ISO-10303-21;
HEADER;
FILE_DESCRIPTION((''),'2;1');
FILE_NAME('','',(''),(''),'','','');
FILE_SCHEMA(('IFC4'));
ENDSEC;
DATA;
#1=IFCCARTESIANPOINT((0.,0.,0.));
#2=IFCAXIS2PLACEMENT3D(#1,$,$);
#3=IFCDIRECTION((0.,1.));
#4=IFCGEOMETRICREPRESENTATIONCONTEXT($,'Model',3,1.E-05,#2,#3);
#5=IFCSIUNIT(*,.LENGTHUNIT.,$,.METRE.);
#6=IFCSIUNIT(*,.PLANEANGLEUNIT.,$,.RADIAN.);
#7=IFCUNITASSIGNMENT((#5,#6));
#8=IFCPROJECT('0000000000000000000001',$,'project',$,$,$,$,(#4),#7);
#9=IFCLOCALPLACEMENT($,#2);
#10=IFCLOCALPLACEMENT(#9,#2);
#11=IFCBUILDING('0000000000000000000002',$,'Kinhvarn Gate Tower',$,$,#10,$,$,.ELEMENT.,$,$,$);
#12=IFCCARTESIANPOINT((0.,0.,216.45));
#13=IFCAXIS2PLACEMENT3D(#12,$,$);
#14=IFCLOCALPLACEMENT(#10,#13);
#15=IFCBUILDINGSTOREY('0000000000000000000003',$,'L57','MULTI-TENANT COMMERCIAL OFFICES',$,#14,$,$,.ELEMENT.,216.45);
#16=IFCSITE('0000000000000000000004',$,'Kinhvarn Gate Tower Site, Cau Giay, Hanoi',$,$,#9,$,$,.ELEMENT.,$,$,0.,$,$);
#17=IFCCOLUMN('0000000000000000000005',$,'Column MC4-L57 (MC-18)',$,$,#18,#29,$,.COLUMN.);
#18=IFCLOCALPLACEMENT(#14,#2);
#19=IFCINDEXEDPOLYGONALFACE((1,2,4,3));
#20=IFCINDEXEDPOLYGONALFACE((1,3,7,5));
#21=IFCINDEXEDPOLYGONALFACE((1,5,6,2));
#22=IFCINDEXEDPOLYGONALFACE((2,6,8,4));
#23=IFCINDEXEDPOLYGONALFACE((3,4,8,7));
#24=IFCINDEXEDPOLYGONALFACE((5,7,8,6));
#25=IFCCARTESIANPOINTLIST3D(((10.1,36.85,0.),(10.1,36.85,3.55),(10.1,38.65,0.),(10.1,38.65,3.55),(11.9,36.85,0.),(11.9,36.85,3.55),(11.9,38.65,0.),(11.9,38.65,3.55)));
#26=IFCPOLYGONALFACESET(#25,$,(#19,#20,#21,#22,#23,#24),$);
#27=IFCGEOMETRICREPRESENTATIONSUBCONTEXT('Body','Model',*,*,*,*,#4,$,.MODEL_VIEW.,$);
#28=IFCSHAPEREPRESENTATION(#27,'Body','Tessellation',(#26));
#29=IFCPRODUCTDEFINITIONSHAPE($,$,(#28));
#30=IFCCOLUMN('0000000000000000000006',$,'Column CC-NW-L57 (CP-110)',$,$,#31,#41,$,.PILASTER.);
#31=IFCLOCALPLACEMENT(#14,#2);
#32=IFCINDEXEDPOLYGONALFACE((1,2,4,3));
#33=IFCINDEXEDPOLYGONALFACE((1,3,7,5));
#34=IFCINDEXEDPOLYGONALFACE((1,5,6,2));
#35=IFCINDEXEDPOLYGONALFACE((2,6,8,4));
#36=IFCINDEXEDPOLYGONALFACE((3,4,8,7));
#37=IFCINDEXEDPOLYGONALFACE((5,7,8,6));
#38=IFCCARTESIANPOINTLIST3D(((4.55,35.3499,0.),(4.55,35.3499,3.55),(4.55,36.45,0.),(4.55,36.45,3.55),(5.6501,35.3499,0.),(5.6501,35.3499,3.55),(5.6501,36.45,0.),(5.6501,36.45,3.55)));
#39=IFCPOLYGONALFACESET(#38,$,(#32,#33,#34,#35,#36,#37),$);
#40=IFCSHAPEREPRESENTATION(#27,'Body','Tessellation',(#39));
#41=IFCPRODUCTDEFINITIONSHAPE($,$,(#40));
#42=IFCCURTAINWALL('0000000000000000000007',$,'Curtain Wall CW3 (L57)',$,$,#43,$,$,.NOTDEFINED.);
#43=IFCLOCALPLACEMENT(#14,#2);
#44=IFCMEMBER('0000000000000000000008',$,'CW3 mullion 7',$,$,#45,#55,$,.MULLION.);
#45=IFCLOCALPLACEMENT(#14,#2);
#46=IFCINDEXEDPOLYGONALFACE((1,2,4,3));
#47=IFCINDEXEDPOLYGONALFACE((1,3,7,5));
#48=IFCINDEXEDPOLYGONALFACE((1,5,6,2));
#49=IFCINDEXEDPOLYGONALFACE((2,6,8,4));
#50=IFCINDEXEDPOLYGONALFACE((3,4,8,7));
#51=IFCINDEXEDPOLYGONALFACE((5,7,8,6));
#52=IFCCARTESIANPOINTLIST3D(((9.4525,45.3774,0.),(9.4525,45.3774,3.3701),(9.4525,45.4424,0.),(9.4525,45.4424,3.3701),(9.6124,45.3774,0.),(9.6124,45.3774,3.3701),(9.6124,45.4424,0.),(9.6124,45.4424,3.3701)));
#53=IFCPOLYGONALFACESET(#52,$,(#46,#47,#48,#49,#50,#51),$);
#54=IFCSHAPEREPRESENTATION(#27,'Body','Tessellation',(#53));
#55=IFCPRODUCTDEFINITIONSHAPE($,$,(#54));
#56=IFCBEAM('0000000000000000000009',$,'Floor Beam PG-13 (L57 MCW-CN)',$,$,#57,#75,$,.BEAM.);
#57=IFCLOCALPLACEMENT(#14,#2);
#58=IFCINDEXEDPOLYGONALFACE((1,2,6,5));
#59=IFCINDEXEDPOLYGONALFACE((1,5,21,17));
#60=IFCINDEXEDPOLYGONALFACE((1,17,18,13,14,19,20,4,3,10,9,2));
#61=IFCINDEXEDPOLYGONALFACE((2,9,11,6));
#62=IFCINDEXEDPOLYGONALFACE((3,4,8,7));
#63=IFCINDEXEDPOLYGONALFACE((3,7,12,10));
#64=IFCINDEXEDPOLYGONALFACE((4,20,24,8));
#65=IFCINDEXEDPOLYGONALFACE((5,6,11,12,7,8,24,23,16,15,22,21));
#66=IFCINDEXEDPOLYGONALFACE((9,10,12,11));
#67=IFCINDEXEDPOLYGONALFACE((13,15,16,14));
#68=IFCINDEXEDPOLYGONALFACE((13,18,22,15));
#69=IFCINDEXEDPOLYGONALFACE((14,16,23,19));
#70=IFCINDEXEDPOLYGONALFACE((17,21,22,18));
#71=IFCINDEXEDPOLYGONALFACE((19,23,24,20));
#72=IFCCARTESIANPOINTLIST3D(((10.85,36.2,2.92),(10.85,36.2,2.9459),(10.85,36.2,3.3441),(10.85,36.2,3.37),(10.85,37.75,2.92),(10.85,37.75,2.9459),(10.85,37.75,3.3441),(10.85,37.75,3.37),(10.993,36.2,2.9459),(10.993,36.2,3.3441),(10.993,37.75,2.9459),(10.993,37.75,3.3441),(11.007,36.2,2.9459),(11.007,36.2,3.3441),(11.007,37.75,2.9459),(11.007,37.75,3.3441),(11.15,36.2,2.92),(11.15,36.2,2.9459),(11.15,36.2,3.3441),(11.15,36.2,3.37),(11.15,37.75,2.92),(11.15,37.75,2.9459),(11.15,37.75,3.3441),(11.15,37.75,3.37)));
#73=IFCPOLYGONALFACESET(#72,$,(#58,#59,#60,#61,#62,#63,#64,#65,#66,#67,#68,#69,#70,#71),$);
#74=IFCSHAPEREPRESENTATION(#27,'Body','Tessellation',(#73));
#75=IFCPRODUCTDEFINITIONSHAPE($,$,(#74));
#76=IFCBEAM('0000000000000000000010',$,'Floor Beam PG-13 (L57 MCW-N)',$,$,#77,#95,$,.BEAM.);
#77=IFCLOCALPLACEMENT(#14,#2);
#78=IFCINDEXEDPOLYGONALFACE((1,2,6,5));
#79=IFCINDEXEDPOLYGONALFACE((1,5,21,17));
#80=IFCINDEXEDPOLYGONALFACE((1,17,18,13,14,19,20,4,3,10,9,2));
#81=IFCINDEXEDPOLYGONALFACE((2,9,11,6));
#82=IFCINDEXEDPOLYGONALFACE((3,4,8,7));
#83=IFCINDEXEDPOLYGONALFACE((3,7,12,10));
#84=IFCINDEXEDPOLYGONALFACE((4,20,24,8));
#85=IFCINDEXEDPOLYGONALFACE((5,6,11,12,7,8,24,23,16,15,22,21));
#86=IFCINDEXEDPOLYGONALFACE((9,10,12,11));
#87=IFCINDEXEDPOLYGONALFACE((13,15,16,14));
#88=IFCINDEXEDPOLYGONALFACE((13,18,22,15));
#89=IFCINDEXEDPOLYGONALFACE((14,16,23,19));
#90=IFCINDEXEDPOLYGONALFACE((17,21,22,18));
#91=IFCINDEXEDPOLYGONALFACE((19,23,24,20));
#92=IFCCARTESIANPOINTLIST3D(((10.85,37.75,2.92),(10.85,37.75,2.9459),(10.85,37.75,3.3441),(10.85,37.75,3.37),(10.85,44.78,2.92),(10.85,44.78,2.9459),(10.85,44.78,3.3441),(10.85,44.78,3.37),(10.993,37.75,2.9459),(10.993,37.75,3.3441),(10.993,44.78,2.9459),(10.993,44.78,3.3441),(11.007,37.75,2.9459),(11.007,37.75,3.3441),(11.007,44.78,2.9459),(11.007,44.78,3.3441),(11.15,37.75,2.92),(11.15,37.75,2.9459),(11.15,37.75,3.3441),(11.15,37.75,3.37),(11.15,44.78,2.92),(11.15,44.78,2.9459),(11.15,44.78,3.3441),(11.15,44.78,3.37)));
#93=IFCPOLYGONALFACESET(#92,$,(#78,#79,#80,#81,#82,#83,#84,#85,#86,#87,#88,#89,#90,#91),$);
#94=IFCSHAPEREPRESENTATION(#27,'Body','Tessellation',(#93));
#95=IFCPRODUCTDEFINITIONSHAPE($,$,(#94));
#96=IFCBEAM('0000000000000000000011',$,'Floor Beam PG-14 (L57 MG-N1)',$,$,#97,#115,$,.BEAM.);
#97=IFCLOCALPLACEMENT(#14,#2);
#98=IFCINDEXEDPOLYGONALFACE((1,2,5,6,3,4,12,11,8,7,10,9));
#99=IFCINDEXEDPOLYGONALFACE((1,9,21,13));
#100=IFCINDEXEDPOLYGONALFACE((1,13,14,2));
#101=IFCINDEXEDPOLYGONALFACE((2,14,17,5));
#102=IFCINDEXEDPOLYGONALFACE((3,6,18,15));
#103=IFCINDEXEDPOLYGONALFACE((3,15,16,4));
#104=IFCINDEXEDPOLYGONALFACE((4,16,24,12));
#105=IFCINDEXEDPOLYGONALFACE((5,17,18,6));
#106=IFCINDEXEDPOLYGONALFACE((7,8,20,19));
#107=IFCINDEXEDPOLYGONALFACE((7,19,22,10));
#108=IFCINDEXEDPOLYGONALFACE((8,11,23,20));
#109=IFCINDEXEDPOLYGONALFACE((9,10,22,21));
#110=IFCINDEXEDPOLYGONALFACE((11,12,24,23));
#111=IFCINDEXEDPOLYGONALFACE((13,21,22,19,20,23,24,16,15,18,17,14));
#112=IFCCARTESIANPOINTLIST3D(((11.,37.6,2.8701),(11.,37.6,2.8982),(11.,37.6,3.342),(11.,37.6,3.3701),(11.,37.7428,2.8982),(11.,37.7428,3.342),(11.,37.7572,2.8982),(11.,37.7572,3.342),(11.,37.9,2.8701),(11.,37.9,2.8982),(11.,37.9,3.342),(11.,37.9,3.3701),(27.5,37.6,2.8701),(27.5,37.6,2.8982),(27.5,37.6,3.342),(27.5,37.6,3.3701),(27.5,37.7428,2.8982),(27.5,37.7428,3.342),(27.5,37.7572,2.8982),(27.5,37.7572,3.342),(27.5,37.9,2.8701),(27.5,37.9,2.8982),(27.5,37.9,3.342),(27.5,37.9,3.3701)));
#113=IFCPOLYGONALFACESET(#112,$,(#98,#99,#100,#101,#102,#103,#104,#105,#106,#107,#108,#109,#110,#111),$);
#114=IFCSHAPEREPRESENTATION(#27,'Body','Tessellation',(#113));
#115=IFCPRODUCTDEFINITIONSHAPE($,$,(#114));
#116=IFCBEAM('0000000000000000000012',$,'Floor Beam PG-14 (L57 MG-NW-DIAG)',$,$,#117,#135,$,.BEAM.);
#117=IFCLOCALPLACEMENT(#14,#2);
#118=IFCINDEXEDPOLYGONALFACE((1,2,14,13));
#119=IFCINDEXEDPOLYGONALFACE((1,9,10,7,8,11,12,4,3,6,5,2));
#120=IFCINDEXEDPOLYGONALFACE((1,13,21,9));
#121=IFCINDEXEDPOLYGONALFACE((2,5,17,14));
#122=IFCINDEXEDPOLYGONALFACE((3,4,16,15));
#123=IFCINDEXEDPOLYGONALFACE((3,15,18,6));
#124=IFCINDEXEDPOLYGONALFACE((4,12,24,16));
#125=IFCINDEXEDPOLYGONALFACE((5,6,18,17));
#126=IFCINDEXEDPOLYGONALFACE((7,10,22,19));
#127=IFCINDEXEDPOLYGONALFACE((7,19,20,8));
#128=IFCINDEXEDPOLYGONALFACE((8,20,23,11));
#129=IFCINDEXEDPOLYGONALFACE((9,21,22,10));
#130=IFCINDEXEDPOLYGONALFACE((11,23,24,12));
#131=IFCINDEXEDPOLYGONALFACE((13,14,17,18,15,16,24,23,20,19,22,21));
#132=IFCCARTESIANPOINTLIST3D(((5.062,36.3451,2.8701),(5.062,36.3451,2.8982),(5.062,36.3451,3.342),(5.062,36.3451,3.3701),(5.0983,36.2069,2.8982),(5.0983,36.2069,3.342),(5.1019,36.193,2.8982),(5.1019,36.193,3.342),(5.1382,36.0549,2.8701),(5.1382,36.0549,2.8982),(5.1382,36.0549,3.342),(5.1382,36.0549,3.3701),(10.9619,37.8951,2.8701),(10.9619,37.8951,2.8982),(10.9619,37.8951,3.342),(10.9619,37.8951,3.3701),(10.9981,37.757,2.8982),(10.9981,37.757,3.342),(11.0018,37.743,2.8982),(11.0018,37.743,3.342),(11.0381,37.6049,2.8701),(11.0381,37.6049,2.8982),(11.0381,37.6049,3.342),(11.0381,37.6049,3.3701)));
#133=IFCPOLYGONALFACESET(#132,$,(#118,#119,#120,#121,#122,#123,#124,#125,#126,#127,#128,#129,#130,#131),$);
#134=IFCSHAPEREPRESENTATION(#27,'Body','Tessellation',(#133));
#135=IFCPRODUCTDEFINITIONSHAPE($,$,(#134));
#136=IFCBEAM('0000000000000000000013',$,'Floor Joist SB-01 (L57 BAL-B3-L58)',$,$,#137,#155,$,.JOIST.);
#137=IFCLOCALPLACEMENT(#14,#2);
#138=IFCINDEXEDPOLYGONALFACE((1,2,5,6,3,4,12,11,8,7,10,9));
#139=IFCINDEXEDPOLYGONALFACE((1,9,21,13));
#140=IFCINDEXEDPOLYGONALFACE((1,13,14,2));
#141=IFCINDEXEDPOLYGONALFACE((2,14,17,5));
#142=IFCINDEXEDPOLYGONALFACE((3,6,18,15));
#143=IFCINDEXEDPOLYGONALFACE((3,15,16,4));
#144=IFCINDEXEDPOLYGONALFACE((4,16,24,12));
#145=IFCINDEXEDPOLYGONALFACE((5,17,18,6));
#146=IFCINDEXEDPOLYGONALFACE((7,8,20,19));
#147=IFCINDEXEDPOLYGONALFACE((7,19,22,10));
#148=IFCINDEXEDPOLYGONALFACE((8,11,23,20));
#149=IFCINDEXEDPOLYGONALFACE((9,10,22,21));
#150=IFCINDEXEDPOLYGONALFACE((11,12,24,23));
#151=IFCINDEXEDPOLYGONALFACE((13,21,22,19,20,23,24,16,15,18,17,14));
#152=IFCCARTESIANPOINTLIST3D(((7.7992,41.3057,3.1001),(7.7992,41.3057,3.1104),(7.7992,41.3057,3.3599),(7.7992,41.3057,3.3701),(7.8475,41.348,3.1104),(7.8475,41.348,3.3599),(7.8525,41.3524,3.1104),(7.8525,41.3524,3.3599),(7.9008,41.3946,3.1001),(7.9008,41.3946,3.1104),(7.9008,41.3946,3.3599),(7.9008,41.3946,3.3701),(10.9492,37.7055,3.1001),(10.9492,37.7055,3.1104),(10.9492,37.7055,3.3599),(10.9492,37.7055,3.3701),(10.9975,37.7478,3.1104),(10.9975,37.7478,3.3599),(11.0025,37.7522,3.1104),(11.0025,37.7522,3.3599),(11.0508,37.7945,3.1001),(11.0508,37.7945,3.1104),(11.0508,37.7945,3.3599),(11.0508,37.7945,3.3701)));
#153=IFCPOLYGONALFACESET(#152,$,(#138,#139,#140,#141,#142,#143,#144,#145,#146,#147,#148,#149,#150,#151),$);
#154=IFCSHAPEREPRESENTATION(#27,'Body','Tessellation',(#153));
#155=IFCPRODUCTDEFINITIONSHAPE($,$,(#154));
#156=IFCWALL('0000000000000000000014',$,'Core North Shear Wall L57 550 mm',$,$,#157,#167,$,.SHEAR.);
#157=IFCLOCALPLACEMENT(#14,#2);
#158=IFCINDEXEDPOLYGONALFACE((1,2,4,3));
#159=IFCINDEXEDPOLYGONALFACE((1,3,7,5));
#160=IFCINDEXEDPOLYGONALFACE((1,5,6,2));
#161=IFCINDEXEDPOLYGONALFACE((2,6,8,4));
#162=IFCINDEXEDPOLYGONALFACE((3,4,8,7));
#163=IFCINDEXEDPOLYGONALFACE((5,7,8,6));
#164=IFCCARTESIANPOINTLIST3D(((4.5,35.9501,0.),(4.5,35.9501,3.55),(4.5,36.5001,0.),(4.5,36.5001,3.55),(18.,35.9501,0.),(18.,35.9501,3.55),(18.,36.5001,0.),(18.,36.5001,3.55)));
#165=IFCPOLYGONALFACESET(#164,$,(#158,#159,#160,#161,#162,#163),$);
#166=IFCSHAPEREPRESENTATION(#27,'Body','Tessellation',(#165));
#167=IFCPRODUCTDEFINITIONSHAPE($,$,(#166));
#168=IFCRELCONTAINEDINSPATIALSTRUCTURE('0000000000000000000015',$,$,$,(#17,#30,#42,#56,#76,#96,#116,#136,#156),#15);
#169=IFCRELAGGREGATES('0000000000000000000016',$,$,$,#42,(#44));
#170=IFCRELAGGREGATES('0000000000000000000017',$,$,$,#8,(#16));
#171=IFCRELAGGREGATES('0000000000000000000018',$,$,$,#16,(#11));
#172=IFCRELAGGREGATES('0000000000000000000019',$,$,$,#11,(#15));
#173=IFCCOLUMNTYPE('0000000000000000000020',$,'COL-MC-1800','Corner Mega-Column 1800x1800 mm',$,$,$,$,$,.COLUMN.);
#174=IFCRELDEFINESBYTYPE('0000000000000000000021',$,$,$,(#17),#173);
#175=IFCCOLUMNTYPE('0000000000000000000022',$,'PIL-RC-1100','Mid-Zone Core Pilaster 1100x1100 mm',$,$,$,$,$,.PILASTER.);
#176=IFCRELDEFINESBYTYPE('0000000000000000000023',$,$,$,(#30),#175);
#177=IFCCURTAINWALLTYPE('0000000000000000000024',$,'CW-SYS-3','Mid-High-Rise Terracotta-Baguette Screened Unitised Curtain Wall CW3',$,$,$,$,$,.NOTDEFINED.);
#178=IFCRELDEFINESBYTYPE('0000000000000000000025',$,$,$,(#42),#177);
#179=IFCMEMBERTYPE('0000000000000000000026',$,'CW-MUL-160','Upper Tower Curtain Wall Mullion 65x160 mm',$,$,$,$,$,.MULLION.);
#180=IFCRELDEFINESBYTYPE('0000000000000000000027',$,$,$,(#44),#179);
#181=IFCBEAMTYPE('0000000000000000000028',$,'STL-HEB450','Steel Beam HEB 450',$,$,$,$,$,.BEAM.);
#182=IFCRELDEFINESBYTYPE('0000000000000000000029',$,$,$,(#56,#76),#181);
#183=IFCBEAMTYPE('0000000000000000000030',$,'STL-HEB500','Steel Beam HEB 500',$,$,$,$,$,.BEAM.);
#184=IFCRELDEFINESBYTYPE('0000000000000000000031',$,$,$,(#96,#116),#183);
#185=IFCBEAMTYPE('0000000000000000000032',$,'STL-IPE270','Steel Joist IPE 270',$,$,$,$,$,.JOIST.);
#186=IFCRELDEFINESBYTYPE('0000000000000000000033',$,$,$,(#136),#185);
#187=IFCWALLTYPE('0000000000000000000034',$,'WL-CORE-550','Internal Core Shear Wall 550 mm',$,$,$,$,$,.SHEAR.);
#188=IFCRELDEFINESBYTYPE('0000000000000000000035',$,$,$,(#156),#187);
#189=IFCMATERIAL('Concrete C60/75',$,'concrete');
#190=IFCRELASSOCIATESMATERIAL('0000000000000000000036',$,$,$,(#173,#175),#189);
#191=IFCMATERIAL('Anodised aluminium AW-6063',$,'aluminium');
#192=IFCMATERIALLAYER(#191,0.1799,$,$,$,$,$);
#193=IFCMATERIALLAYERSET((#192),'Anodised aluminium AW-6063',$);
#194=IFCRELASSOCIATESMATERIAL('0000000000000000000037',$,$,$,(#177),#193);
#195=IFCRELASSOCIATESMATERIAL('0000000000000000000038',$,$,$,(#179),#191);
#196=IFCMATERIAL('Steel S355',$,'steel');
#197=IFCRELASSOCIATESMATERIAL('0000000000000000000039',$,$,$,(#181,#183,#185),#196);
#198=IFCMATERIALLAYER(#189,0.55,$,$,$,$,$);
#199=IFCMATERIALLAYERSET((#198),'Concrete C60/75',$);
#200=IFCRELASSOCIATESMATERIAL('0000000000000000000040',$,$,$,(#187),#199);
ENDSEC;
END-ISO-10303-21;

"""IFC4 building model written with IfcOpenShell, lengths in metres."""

from ifc_helpers import new_model, si_unit, direction, frame, frame_2d, origin, origin_2d, place, context, subcontext, project, spatial, rectangle, i_section, extrude, material, layer, layer_set, material_profile, profile_set, type_object, element, aggregate, save


model = new_model("IFC4")

# Units and contexts
model_context = context("Model", 3, precision=1e-05, world=origin(), true_north=direction((0.0, 1.0)))
body_context = subcontext(model_context, "Body", "Model", "MODEL_VIEW")
ifc_project = project(units=[si_unit("LENGTHUNIT", "METRE"), si_unit("PLANEANGLEUNIT", "RADIAN")], contexts=[model_context])

# Site, building, storey
site_placement = place(None, origin())
site = spatial("IfcSite", under=ifc_project, at=site_placement, Name="Kinhvarn Gate Tower Site, Cau Giay, Hanoi", CompositionType="ELEMENT", RefElevation=0.0)
building_placement = place(site_placement, origin())
building = spatial("IfcBuilding", under=site, at=building_placement, Name="Kinhvarn Gate Tower", CompositionType="ELEMENT")
storey_placement = place(building_placement, frame((0.0, 0.0, 216.45)))
storey = spatial("IfcBuildingStorey", under=building, at=storey_placement, Name="L57", Description="MULTI-TENANT COMMERCIAL OFFICES", CompositionType="ELEMENT", Elevation=216.45)

# Columns
ifc_material_1 = material(Name="Concrete C60/75", Category="concrete")
ifc_material_profile_1 = material_profile(ifc_material_1, rectangle(XDim=1.8, YDim=1.8, at=origin_2d()), Name="RC 1800x1800")
ifc_profile_set_1 = profile_set([ifc_material_profile_1], Name="Concrete C60/75")
column_type_1 = type_object("IfcColumnType", Name="COL-MC-1800", Description="Corner Mega-Column 1800x1800 mm", PredefinedType="COLUMN", material=ifc_profile_set_1)
column_1_placement = place(storey_placement, frame((11.0, 37.75, 0.0), z_axis=(0.0, 0.0, 1.0), x_axis=(1.0, 0.0, 0.0)))
element("IfcColumn", 1, at=column_1_placement, inside=storey, type_object=column_type_1, Name="Column MC4-L57 (MC-18)", PredefinedType="COLUMN", context=body_context, shape_type="SweptSolid", body=[
    extrude(rectangle(XDim=1.8, YDim=1.8, at=origin_2d()), origin(), (0.0, 0.0, 1.0), 3.55),
])
ifc_material_profile_2 = material_profile(ifc_material_1, rectangle(XDim=1.1001, YDim=1.1001, at=origin_2d()), Name="RC 1100x1100")
ifc_profile_set_2 = profile_set([ifc_material_profile_2], Name="Concrete C60/75")
column_type_2 = type_object("IfcColumnType", Name="PIL-RC-1100", Description="Mid-Zone Core Pilaster 1100x1100 mm", PredefinedType="PILASTER", material=ifc_profile_set_2)
column_2_placement = place(storey_placement, frame((5.1001, 35.8999, 0.0), z_axis=(0.0, 0.0, 1.0), x_axis=(1.0, 0.0, 0.0)))
element("IfcColumn", 2, at=column_2_placement, inside=storey, type_object=column_type_2, Name="Column CC-NW-L57 (CP-110)", PredefinedType="PILASTER", context=body_context, shape_type="SweptSolid", body=[
    extrude(rectangle(XDim=1.1001, YDim=1.1001, at=origin_2d()), origin(), (0.0, 0.0, 1.0), 3.55),
])

# Curtain wall, member
ifc_material_2 = material(Name="Anodised aluminium AW-6063", Category="aluminium")
ifc_layer_1 = layer(ifc_material_2, 0.1799)
ifc_layer_set_1 = layer_set([ifc_layer_1], Name="Anodised aluminium AW-6063")
curtain_wall_type = type_object("IfcCurtainWallType", Name="CW-SYS-3", Description="Mid-High-Rise Terracotta-Baguette Screened Unitised Curtain Wall CW3", PredefinedType="NOTDEFINED", material=ifc_layer_set_1)
curtain_wall_placement = place(storey_placement, origin())
curtain_wall = element("IfcCurtainWall", 3, at=curtain_wall_placement, inside=storey, type_object=curtain_wall_type, Name="Curtain Wall CW3 (L57)", PredefinedType="NOTDEFINED")
ifc_material_profile_3 = material_profile(ifc_material_2, rectangle(XDim=0.0649, YDim=0.1599, at=origin_2d()), Name="ALU 65x160")
ifc_profile_set_3 = profile_set([ifc_material_profile_3], Name="Anodised aluminium AW-6063")
member_type = type_object("IfcMemberType", Name="CW-MUL-160", Description="Upper Tower Curtain Wall Mullion 65x160 mm", PredefinedType="MULLION", material=ifc_profile_set_3)
member_placement = place(storey_placement, frame((9.5325, 45.4099, 0.0), z_axis=(0.0, 0.0, 1.0), x_axis=(0.0, -1.0, 0.0)))
member = element("IfcMember", 4, at=member_placement, type_object=member_type, Name="CW3 mullion 7", PredefinedType="MULLION", context=body_context, shape_type="SweptSolid", body=[
    extrude(rectangle(XDim=0.0649, YDim=0.1599, at=origin_2d()), origin(), (0.0, 0.0, 1.0), 3.3701),
])
aggregate(curtain_wall, [member])

# Beams
ifc_material_3 = material(Name="Steel S355", Category="steel")
ifc_material_profile_4 = material_profile(ifc_material_3, i_section(OverallWidth=0.3, OverallDepth=0.45, WebThickness=0.0139, FlangeThickness=0.0259, at=origin_2d()), Name="HEB 450")
ifc_profile_set_4 = profile_set([ifc_material_profile_4], Name="Steel S355")
beam_type_1 = type_object("IfcBeamType", Name="STL-HEB450", Description="Steel Beam HEB 450", PredefinedType="BEAM", material=ifc_profile_set_4)
beam_1_placement = place(storey_placement, frame((11.0, 36.2, 3.145), z_axis=(0.0, 1.0, 0.0), x_axis=(-1.0, 0.0, 0.0)))
element("IfcBeam", 5, at=beam_1_placement, inside=storey, type_object=beam_type_1, Name="Floor Beam PG-13 (L57 MCW-CN)", PredefinedType="BEAM", context=body_context, shape_type="SweptSolid", body=[
    extrude(i_section(OverallWidth=0.3, OverallDepth=0.45, WebThickness=0.0139, FlangeThickness=0.0259, at=origin_2d()), origin(), (0.0, 0.0, 1.0), 1.55),
])
beam_2_placement = place(storey_placement, frame((11.0, 37.75, 3.145), z_axis=(0.0, 1.0, 0.0), x_axis=(-1.0, 0.0, 0.0)))
element("IfcBeam", 6, at=beam_2_placement, inside=storey, type_object=beam_type_1, Name="Floor Beam PG-13 (L57 MCW-N)", PredefinedType="BEAM", context=body_context, shape_type="SweptSolid", body=[
    extrude(i_section(OverallWidth=0.3, OverallDepth=0.45, WebThickness=0.0139, FlangeThickness=0.0259, at=origin_2d()), origin(), (0.0, 0.0, 1.0), 7.03),
])
ifc_material_profile_5 = material_profile(ifc_material_3, i_section(OverallWidth=0.3, OverallDepth=0.5, WebThickness=0.0144, FlangeThickness=0.0281, at=origin_2d()), Name="HEB 500")
ifc_profile_set_5 = profile_set([ifc_material_profile_5], Name="Steel S355")
beam_type_2 = type_object("IfcBeamType", Name="STL-HEB500", Description="Steel Beam HEB 500", PredefinedType="BEAM", material=ifc_profile_set_5)
beam_3_placement = place(storey_placement, frame((11.0, 37.75, 3.1201), z_axis=(1.0, 0.0, 0.0), x_axis=(0.0, 1.0, 0.0)))
element("IfcBeam", 7, at=beam_3_placement, inside=storey, type_object=beam_type_2, Name="Floor Beam PG-14 (L57 MG-N1)", PredefinedType="BEAM", context=body_context, shape_type="SweptSolid", body=[
    extrude(i_section(OverallWidth=0.3, OverallDepth=0.5, WebThickness=0.0144, FlangeThickness=0.0281, at=origin_2d()), origin(), (0.0, 0.0, 1.0), 16.5),
])
beam_4_placement = place(storey_placement, frame((5.1001, 36.2, 3.1201), z_axis=(0.967178, 0.254101, 0.0), x_axis=(-0.254101, 0.967178, 0.0)))
element("IfcBeam", 8, at=beam_4_placement, inside=storey, type_object=beam_type_2, Name="Floor Beam PG-14 (L57 MG-NW-DIAG)", PredefinedType="BEAM", context=body_context, shape_type="SweptSolid", body=[
    extrude(i_section(OverallWidth=0.3, OverallDepth=0.5, WebThickness=0.0144, FlangeThickness=0.0281, at=origin_2d()), origin(), (0.0, 0.0, 1.0), 6.1001),
])
ifc_material_profile_6 = material_profile(ifc_material_3, i_section(OverallWidth=0.135, OverallDepth=0.27, WebThickness=0.0066, FlangeThickness=0.0103, at=origin_2d()), Name="IPE 270")
ifc_profile_set_6 = profile_set([ifc_material_profile_6], Name="Steel S355")
beam_type_3 = type_object("IfcBeamType", Name="STL-IPE270", Description="Steel Joist IPE 270", PredefinedType="JOIST", material=ifc_profile_set_6)
beam_5_placement = place(storey_placement, frame((11.0, 37.75, 3.2351), z_axis=(-0.658483, 0.752596, 0.0), x_axis=(-0.752596, -0.658483, 0.0)))
element("IfcBeam", 9, at=beam_5_placement, inside=storey, type_object=beam_type_3, Name="Floor Joist SB-01 (L57 BAL-B3-L58)", PredefinedType="JOIST", context=body_context, shape_type="SweptSolid", body=[
    extrude(i_section(OverallWidth=0.135, OverallDepth=0.27, WebThickness=0.0066, FlangeThickness=0.0103, at=origin_2d()), origin(), (0.0, 0.0, 1.0), 4.7837),
])

# Wall
ifc_layer_2 = layer(ifc_material_1, 0.55)
ifc_layer_set_2 = layer_set([ifc_layer_2], Name="Concrete C60/75")
wall_type_1 = type_object("IfcWallType", Name="WL-CORE-550", Description="Internal Core Shear Wall 550 mm", PredefinedType="SHEAR", material=ifc_layer_set_2)
wall_1_placement = place(storey_placement, frame((4.5, 36.2251, 0.0), z_axis=(0.0, 0.0, 1.0), x_axis=(1.0, 0.0, 0.0)))
element("IfcWall", 10, at=wall_1_placement, inside=storey, type_object=wall_type_1, Name="Core North Shear Wall L57 550 mm", PredefinedType="SHEAR", context=body_context, shape_type="SweptSolid", body=[
    extrude(rectangle(XDim=13.5, YDim=0.55, at=frame_2d((6.75, 0.0))), origin(), (0.0, 0.0, 1.0), 3.55),
])

save(model, "model.ifc")
